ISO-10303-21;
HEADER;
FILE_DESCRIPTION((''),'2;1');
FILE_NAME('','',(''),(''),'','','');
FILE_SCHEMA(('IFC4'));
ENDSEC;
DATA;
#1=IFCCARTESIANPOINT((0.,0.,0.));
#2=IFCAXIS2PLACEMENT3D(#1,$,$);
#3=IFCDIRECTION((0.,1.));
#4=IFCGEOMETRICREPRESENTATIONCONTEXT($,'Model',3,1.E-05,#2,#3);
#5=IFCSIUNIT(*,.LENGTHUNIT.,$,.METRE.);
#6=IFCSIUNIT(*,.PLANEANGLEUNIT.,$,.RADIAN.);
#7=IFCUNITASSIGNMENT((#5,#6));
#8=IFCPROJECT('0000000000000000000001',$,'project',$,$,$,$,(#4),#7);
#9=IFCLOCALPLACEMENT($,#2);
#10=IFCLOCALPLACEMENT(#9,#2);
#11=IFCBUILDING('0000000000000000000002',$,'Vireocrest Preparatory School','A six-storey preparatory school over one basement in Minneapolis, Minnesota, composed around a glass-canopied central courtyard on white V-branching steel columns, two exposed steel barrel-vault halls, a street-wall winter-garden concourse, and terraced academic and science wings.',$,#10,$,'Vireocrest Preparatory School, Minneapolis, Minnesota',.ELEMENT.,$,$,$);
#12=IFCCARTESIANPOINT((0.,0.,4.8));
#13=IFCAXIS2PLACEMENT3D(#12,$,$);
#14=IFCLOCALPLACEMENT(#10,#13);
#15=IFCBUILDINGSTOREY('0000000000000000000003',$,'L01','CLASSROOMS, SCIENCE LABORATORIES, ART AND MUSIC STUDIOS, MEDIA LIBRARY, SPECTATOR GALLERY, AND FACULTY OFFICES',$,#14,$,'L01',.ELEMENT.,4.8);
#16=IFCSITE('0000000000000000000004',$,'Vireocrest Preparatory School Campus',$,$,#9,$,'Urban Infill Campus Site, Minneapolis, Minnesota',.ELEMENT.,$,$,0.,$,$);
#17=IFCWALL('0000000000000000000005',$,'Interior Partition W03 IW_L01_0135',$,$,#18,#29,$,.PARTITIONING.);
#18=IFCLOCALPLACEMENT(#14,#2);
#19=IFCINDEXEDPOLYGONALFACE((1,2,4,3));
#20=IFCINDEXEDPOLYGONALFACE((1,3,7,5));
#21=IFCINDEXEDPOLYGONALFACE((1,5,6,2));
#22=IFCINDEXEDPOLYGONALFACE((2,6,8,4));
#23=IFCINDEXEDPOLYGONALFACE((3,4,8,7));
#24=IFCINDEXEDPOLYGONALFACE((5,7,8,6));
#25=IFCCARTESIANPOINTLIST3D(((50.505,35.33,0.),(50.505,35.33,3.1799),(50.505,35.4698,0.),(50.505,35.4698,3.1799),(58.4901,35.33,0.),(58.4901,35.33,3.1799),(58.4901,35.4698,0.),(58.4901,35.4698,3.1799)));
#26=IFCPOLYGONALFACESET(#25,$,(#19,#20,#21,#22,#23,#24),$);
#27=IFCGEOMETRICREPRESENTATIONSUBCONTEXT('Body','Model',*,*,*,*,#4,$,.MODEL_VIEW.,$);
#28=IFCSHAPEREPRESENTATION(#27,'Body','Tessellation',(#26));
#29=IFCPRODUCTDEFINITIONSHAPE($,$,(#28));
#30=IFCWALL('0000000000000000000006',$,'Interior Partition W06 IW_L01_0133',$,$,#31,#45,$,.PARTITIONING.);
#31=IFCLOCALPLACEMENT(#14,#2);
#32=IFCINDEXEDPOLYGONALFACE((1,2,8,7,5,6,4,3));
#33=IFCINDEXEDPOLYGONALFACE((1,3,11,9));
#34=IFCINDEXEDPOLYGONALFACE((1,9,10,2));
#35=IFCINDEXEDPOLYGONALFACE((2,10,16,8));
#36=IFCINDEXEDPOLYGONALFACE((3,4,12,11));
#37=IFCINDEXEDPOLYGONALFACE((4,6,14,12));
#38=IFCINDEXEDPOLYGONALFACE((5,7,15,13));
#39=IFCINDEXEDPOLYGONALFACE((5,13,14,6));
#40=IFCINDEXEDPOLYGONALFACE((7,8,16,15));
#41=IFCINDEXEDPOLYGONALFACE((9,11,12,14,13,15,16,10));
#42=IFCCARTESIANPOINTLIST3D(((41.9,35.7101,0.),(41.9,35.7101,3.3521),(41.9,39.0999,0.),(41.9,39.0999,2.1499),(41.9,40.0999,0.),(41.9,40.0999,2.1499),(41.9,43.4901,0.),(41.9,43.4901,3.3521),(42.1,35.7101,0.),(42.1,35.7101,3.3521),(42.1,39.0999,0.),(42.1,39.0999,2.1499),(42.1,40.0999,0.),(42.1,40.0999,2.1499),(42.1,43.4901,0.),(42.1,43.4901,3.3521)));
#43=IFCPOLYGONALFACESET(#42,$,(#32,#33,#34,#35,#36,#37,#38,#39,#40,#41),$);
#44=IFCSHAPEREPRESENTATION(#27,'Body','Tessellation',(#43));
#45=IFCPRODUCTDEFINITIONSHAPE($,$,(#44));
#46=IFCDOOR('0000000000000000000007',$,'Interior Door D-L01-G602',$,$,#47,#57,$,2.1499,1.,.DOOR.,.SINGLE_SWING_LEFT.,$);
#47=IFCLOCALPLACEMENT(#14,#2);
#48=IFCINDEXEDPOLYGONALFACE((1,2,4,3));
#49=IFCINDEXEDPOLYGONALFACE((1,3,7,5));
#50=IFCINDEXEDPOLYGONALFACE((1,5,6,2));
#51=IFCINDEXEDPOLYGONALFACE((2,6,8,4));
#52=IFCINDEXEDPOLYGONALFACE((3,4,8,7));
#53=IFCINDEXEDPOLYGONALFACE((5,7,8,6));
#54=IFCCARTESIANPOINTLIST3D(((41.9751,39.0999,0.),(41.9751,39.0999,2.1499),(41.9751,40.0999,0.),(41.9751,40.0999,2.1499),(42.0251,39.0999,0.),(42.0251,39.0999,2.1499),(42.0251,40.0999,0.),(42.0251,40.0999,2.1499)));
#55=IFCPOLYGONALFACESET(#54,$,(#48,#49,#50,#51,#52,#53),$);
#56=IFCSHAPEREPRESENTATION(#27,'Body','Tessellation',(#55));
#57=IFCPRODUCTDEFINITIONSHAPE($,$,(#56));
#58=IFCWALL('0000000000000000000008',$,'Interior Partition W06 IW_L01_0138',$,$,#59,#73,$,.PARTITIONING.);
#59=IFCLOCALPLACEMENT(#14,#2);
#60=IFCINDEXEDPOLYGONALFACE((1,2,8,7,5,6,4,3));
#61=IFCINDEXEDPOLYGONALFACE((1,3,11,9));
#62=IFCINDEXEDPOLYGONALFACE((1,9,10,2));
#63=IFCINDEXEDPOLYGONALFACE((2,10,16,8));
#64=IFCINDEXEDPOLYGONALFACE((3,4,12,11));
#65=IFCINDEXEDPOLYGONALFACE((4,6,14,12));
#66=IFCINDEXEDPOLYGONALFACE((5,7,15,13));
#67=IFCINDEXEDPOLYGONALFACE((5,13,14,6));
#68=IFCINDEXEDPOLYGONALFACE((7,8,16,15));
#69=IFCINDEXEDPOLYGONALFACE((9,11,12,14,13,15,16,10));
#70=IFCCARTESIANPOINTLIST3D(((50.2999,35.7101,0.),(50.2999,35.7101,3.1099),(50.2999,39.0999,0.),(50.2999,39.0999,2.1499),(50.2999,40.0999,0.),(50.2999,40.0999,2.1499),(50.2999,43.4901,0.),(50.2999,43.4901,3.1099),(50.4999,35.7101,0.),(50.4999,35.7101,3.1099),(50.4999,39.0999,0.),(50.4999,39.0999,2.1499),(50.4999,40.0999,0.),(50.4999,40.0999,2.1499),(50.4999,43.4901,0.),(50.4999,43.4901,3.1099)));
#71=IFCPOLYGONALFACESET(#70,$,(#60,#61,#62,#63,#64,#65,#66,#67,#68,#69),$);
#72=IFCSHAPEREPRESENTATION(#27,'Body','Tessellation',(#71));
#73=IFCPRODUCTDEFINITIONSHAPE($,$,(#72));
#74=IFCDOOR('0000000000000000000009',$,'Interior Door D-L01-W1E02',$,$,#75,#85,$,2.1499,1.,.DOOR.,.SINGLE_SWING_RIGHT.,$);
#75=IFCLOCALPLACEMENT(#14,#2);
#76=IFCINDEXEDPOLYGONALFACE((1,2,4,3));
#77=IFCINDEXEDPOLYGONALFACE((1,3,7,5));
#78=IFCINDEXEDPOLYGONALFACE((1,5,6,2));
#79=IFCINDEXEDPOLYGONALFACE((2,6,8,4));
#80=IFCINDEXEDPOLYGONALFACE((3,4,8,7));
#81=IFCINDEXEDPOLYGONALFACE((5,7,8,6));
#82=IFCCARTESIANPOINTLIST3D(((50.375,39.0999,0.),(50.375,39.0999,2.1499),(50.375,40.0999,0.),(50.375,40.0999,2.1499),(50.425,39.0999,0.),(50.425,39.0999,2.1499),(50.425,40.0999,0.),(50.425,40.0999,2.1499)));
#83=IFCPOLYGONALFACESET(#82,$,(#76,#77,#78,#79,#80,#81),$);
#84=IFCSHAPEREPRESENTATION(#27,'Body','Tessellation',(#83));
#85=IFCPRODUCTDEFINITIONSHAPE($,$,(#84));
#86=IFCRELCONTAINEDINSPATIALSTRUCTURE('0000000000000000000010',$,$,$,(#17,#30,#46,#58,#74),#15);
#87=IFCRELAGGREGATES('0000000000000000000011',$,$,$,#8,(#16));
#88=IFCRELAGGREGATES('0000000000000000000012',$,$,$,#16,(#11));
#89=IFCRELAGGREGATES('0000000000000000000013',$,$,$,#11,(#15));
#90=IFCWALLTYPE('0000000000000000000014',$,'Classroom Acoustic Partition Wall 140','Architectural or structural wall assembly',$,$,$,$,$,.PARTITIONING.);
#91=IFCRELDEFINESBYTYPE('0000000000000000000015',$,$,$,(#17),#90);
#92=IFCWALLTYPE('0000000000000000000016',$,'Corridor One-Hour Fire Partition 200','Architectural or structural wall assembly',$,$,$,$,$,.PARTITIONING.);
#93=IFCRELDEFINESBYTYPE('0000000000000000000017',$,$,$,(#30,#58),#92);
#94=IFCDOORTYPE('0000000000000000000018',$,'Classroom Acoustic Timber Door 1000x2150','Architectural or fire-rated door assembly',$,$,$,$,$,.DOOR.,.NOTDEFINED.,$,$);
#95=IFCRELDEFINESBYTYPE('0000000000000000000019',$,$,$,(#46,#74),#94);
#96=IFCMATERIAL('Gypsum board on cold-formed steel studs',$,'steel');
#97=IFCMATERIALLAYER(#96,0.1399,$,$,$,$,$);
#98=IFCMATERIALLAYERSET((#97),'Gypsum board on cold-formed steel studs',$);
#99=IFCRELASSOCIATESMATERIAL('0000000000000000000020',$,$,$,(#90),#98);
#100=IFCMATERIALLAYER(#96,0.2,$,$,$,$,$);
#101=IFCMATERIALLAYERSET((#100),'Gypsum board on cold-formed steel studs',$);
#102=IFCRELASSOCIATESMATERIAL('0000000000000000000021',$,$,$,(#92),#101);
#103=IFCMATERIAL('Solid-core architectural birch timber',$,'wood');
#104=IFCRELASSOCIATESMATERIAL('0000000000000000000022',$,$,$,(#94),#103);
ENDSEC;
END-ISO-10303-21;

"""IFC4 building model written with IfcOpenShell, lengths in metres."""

from ifc_helpers import new_model, si_unit, direction, frame, frame_2d, origin, place, context, subcontext, project, spatial, rectangle, extrude, material, layer, layer_set, type_object, element, fill, save


model = new_model("IFC4")

# Units and contexts
model_context = context("Model", 3, precision=1e-05, world=origin(), true_north=direction((0.0, 1.0)))
body_context = subcontext(model_context, "Body", "Model", "MODEL_VIEW")
ifc_project = project(units=[si_unit("LENGTHUNIT", "METRE"), si_unit("PLANEANGLEUNIT", "RADIAN")], contexts=[model_context])

# Site, building, storey
site_placement = place(None, origin())
site = spatial("IfcSite", under=ifc_project, at=site_placement, Name="Vireocrest Preparatory School Campus", LongName="Urban Infill Campus Site, Minneapolis, Minnesota", CompositionType="ELEMENT", RefElevation=0.0)
building_placement = place(site_placement, origin())
building = spatial("IfcBuilding", under=site, at=building_placement, Name="Vireocrest Preparatory School", Description="A six-storey preparatory school over one basement in Minneapolis, Minnesota, composed around a glass-canopied central courtyard on white V-branching steel columns, two exposed steel barrel-vault halls, a street-wall winter-garden concourse, and terraced academic and science wings.", LongName="Vireocrest Preparatory School, Minneapolis, Minnesota", CompositionType="ELEMENT")
storey_placement = place(building_placement, frame((0.0, 0.0, 4.8)))
storey = spatial("IfcBuildingStorey", under=building, at=storey_placement, Name="L01", Description="CLASSROOMS, SCIENCE LABORATORIES, ART AND MUSIC STUDIOS, MEDIA LIBRARY, SPECTATOR GALLERY, AND FACULTY OFFICES", LongName="L01", CompositionType="ELEMENT", Elevation=4.8)

# Wall
ifc_material_1 = material(Name="Gypsum board on cold-formed steel studs", Category="steel")
ifc_layer_1 = layer(ifc_material_1, 0.1399)
ifc_layer_set_1 = layer_set([ifc_layer_1], Name="Gypsum board on cold-formed steel studs")
wall_type_1 = type_object("IfcWallType", Name="Classroom Acoustic Partition Wall 140", Description="Architectural or structural wall assembly", PredefinedType="PARTITIONING", material=ifc_layer_set_1)
wall_1_placement = place(storey_placement, frame((50.5049, 35.3999, 0.0), z_axis=(0.0, 0.0, 1.0), x_axis=(1.0, 0.0, 0.0)))
element("IfcWall", 1, at=wall_1_placement, inside=storey, type_object=wall_type_1, Name="Interior Partition W03 IW_L01_0135", PredefinedType="PARTITIONING", context=body_context, shape_type="SweptSolid", body=[
    extrude(rectangle(XDim=7.9851, YDim=0.1399, at=frame_2d((3.9927, 0.0))), origin(), (0.0, 0.0, 1.0), 3.1799),
])

# Walls, openings, doors
ifc_layer_2 = layer(ifc_material_1, 0.2)
ifc_layer_set_2 = layer_set([ifc_layer_2], Name="Gypsum board on cold-formed steel studs")
wall_type_2 = type_object("IfcWallType", Name="Corridor One-Hour Fire Partition 200", Description="Architectural or structural wall assembly", PredefinedType="PARTITIONING", material=ifc_layer_set_2)
wall_2_placement = place(storey_placement, frame((42.0, 35.71, 0.0), z_axis=(0.0, 0.0, 1.0), x_axis=(0.0, 1.0, 0.0)))
wall_2 = element("IfcWall", 2, at=wall_2_placement, inside=storey, type_object=wall_type_2, Name="Interior Partition W06 IW_L01_0133", PredefinedType="PARTITIONING", context=body_context, shape_type="SweptSolid", body=[
    extrude(rectangle(XDim=7.78, YDim=0.2, at=frame_2d((3.8901, 0.0))), origin(), (0.0, 0.0, 1.0), 3.3521),
])
opening_1_placement = place(wall_2_placement, frame((3.3899, 0.0, 0.0)))
opening_1 = element("IfcOpeningElement", 3, at=opening_1_placement, cuts=wall_2, PredefinedType="OPENING", context=body_context, shape_type="SweptSolid", body=[
    extrude(rectangle(XDim=1.0, YDim=2.1499, at=frame_2d((0.5, 1.075))), frame((0.0, 0.1099, 0.0), z_axis=(0.0, -1.0, 0.0), x_axis=(1.0, 0.0, 0.0)), (0.0, 0.0, 1.0), 0.22),
])
ifc_material_2 = material(Name="Solid-core architectural birch timber", Category="wood")
door_type = type_object("IfcDoorType", Name="Classroom Acoustic Timber Door 1000x2150", Description="Architectural or fire-rated door assembly", OperationType="NOTDEFINED", PredefinedType="DOOR", material=ifc_material_2)
door_1_placement = place(opening_1_placement, origin())
door_1 = element("IfcDoor", 4, at=door_1_placement, inside=storey, type_object=door_type, Name="Interior Door D-L01-G602", OperationType="SINGLE_SWING_LEFT", OverallHeight=2.1499, OverallWidth=1.0, PredefinedType="DOOR", context=body_context, shape_type="SweptSolid", body=[
    extrude(rectangle(XDim=1.0, YDim=2.1499, at=frame_2d((0.5, 1.075))), frame((0.0, 0.0249, 0.0), z_axis=(0.0, -1.0, 0.0), x_axis=(1.0, 0.0, 0.0)), (0.0, 0.0, 1.0), 0.05),
])
fill(opening_1, door_1)
wall_3_placement = place(storey_placement, frame((50.3999, 35.71, 0.0), z_axis=(0.0, 0.0, 1.0), x_axis=(0.0, 1.0, 0.0)))
wall_3 = element("IfcWall", 5, at=wall_3_placement, inside=storey, type_object=wall_type_2, Name="Interior Partition W06 IW_L01_0138", PredefinedType="PARTITIONING", context=body_context, shape_type="SweptSolid", body=[
    extrude(rectangle(XDim=7.78, YDim=0.2, at=frame_2d((3.8901, 0.0))), origin(), (0.0, 0.0, 1.0), 3.1099),
])
opening_2_placement = place(wall_3_placement, frame((3.3899, 0.0, 0.0)))
opening_2 = element("IfcOpeningElement", 6, at=opening_2_placement, cuts=wall_3, PredefinedType="OPENING", context=body_context, shape_type="SweptSolid", body=[
    extrude(rectangle(XDim=1.0, YDim=2.1499, at=frame_2d((0.5, 1.075))), frame((0.0, 0.1099, 0.0), z_axis=(0.0, -1.0, 0.0), x_axis=(1.0, 0.0, 0.0)), (0.0, 0.0, 1.0), 0.22),
])
door_2_placement = place(opening_2_placement, origin())
door_2 = element("IfcDoor", 7, at=door_2_placement, inside=storey, type_object=door_type, Name="Interior Door D-L01-W1E02", OperationType="SINGLE_SWING_RIGHT", OverallHeight=2.1499, OverallWidth=1.0, PredefinedType="DOOR", context=body_context, shape_type="SweptSolid", body=[
    extrude(rectangle(XDim=1.0, YDim=2.1499, at=frame_2d((0.5, 1.075))), frame((0.0, 0.0249, 0.0), z_axis=(0.0, -1.0, 0.0), x_axis=(1.0, 0.0, 0.0)), (0.0, 0.0, 1.0), 0.05),
])
fill(opening_2, door_2)

save(model, "model.ifc")
